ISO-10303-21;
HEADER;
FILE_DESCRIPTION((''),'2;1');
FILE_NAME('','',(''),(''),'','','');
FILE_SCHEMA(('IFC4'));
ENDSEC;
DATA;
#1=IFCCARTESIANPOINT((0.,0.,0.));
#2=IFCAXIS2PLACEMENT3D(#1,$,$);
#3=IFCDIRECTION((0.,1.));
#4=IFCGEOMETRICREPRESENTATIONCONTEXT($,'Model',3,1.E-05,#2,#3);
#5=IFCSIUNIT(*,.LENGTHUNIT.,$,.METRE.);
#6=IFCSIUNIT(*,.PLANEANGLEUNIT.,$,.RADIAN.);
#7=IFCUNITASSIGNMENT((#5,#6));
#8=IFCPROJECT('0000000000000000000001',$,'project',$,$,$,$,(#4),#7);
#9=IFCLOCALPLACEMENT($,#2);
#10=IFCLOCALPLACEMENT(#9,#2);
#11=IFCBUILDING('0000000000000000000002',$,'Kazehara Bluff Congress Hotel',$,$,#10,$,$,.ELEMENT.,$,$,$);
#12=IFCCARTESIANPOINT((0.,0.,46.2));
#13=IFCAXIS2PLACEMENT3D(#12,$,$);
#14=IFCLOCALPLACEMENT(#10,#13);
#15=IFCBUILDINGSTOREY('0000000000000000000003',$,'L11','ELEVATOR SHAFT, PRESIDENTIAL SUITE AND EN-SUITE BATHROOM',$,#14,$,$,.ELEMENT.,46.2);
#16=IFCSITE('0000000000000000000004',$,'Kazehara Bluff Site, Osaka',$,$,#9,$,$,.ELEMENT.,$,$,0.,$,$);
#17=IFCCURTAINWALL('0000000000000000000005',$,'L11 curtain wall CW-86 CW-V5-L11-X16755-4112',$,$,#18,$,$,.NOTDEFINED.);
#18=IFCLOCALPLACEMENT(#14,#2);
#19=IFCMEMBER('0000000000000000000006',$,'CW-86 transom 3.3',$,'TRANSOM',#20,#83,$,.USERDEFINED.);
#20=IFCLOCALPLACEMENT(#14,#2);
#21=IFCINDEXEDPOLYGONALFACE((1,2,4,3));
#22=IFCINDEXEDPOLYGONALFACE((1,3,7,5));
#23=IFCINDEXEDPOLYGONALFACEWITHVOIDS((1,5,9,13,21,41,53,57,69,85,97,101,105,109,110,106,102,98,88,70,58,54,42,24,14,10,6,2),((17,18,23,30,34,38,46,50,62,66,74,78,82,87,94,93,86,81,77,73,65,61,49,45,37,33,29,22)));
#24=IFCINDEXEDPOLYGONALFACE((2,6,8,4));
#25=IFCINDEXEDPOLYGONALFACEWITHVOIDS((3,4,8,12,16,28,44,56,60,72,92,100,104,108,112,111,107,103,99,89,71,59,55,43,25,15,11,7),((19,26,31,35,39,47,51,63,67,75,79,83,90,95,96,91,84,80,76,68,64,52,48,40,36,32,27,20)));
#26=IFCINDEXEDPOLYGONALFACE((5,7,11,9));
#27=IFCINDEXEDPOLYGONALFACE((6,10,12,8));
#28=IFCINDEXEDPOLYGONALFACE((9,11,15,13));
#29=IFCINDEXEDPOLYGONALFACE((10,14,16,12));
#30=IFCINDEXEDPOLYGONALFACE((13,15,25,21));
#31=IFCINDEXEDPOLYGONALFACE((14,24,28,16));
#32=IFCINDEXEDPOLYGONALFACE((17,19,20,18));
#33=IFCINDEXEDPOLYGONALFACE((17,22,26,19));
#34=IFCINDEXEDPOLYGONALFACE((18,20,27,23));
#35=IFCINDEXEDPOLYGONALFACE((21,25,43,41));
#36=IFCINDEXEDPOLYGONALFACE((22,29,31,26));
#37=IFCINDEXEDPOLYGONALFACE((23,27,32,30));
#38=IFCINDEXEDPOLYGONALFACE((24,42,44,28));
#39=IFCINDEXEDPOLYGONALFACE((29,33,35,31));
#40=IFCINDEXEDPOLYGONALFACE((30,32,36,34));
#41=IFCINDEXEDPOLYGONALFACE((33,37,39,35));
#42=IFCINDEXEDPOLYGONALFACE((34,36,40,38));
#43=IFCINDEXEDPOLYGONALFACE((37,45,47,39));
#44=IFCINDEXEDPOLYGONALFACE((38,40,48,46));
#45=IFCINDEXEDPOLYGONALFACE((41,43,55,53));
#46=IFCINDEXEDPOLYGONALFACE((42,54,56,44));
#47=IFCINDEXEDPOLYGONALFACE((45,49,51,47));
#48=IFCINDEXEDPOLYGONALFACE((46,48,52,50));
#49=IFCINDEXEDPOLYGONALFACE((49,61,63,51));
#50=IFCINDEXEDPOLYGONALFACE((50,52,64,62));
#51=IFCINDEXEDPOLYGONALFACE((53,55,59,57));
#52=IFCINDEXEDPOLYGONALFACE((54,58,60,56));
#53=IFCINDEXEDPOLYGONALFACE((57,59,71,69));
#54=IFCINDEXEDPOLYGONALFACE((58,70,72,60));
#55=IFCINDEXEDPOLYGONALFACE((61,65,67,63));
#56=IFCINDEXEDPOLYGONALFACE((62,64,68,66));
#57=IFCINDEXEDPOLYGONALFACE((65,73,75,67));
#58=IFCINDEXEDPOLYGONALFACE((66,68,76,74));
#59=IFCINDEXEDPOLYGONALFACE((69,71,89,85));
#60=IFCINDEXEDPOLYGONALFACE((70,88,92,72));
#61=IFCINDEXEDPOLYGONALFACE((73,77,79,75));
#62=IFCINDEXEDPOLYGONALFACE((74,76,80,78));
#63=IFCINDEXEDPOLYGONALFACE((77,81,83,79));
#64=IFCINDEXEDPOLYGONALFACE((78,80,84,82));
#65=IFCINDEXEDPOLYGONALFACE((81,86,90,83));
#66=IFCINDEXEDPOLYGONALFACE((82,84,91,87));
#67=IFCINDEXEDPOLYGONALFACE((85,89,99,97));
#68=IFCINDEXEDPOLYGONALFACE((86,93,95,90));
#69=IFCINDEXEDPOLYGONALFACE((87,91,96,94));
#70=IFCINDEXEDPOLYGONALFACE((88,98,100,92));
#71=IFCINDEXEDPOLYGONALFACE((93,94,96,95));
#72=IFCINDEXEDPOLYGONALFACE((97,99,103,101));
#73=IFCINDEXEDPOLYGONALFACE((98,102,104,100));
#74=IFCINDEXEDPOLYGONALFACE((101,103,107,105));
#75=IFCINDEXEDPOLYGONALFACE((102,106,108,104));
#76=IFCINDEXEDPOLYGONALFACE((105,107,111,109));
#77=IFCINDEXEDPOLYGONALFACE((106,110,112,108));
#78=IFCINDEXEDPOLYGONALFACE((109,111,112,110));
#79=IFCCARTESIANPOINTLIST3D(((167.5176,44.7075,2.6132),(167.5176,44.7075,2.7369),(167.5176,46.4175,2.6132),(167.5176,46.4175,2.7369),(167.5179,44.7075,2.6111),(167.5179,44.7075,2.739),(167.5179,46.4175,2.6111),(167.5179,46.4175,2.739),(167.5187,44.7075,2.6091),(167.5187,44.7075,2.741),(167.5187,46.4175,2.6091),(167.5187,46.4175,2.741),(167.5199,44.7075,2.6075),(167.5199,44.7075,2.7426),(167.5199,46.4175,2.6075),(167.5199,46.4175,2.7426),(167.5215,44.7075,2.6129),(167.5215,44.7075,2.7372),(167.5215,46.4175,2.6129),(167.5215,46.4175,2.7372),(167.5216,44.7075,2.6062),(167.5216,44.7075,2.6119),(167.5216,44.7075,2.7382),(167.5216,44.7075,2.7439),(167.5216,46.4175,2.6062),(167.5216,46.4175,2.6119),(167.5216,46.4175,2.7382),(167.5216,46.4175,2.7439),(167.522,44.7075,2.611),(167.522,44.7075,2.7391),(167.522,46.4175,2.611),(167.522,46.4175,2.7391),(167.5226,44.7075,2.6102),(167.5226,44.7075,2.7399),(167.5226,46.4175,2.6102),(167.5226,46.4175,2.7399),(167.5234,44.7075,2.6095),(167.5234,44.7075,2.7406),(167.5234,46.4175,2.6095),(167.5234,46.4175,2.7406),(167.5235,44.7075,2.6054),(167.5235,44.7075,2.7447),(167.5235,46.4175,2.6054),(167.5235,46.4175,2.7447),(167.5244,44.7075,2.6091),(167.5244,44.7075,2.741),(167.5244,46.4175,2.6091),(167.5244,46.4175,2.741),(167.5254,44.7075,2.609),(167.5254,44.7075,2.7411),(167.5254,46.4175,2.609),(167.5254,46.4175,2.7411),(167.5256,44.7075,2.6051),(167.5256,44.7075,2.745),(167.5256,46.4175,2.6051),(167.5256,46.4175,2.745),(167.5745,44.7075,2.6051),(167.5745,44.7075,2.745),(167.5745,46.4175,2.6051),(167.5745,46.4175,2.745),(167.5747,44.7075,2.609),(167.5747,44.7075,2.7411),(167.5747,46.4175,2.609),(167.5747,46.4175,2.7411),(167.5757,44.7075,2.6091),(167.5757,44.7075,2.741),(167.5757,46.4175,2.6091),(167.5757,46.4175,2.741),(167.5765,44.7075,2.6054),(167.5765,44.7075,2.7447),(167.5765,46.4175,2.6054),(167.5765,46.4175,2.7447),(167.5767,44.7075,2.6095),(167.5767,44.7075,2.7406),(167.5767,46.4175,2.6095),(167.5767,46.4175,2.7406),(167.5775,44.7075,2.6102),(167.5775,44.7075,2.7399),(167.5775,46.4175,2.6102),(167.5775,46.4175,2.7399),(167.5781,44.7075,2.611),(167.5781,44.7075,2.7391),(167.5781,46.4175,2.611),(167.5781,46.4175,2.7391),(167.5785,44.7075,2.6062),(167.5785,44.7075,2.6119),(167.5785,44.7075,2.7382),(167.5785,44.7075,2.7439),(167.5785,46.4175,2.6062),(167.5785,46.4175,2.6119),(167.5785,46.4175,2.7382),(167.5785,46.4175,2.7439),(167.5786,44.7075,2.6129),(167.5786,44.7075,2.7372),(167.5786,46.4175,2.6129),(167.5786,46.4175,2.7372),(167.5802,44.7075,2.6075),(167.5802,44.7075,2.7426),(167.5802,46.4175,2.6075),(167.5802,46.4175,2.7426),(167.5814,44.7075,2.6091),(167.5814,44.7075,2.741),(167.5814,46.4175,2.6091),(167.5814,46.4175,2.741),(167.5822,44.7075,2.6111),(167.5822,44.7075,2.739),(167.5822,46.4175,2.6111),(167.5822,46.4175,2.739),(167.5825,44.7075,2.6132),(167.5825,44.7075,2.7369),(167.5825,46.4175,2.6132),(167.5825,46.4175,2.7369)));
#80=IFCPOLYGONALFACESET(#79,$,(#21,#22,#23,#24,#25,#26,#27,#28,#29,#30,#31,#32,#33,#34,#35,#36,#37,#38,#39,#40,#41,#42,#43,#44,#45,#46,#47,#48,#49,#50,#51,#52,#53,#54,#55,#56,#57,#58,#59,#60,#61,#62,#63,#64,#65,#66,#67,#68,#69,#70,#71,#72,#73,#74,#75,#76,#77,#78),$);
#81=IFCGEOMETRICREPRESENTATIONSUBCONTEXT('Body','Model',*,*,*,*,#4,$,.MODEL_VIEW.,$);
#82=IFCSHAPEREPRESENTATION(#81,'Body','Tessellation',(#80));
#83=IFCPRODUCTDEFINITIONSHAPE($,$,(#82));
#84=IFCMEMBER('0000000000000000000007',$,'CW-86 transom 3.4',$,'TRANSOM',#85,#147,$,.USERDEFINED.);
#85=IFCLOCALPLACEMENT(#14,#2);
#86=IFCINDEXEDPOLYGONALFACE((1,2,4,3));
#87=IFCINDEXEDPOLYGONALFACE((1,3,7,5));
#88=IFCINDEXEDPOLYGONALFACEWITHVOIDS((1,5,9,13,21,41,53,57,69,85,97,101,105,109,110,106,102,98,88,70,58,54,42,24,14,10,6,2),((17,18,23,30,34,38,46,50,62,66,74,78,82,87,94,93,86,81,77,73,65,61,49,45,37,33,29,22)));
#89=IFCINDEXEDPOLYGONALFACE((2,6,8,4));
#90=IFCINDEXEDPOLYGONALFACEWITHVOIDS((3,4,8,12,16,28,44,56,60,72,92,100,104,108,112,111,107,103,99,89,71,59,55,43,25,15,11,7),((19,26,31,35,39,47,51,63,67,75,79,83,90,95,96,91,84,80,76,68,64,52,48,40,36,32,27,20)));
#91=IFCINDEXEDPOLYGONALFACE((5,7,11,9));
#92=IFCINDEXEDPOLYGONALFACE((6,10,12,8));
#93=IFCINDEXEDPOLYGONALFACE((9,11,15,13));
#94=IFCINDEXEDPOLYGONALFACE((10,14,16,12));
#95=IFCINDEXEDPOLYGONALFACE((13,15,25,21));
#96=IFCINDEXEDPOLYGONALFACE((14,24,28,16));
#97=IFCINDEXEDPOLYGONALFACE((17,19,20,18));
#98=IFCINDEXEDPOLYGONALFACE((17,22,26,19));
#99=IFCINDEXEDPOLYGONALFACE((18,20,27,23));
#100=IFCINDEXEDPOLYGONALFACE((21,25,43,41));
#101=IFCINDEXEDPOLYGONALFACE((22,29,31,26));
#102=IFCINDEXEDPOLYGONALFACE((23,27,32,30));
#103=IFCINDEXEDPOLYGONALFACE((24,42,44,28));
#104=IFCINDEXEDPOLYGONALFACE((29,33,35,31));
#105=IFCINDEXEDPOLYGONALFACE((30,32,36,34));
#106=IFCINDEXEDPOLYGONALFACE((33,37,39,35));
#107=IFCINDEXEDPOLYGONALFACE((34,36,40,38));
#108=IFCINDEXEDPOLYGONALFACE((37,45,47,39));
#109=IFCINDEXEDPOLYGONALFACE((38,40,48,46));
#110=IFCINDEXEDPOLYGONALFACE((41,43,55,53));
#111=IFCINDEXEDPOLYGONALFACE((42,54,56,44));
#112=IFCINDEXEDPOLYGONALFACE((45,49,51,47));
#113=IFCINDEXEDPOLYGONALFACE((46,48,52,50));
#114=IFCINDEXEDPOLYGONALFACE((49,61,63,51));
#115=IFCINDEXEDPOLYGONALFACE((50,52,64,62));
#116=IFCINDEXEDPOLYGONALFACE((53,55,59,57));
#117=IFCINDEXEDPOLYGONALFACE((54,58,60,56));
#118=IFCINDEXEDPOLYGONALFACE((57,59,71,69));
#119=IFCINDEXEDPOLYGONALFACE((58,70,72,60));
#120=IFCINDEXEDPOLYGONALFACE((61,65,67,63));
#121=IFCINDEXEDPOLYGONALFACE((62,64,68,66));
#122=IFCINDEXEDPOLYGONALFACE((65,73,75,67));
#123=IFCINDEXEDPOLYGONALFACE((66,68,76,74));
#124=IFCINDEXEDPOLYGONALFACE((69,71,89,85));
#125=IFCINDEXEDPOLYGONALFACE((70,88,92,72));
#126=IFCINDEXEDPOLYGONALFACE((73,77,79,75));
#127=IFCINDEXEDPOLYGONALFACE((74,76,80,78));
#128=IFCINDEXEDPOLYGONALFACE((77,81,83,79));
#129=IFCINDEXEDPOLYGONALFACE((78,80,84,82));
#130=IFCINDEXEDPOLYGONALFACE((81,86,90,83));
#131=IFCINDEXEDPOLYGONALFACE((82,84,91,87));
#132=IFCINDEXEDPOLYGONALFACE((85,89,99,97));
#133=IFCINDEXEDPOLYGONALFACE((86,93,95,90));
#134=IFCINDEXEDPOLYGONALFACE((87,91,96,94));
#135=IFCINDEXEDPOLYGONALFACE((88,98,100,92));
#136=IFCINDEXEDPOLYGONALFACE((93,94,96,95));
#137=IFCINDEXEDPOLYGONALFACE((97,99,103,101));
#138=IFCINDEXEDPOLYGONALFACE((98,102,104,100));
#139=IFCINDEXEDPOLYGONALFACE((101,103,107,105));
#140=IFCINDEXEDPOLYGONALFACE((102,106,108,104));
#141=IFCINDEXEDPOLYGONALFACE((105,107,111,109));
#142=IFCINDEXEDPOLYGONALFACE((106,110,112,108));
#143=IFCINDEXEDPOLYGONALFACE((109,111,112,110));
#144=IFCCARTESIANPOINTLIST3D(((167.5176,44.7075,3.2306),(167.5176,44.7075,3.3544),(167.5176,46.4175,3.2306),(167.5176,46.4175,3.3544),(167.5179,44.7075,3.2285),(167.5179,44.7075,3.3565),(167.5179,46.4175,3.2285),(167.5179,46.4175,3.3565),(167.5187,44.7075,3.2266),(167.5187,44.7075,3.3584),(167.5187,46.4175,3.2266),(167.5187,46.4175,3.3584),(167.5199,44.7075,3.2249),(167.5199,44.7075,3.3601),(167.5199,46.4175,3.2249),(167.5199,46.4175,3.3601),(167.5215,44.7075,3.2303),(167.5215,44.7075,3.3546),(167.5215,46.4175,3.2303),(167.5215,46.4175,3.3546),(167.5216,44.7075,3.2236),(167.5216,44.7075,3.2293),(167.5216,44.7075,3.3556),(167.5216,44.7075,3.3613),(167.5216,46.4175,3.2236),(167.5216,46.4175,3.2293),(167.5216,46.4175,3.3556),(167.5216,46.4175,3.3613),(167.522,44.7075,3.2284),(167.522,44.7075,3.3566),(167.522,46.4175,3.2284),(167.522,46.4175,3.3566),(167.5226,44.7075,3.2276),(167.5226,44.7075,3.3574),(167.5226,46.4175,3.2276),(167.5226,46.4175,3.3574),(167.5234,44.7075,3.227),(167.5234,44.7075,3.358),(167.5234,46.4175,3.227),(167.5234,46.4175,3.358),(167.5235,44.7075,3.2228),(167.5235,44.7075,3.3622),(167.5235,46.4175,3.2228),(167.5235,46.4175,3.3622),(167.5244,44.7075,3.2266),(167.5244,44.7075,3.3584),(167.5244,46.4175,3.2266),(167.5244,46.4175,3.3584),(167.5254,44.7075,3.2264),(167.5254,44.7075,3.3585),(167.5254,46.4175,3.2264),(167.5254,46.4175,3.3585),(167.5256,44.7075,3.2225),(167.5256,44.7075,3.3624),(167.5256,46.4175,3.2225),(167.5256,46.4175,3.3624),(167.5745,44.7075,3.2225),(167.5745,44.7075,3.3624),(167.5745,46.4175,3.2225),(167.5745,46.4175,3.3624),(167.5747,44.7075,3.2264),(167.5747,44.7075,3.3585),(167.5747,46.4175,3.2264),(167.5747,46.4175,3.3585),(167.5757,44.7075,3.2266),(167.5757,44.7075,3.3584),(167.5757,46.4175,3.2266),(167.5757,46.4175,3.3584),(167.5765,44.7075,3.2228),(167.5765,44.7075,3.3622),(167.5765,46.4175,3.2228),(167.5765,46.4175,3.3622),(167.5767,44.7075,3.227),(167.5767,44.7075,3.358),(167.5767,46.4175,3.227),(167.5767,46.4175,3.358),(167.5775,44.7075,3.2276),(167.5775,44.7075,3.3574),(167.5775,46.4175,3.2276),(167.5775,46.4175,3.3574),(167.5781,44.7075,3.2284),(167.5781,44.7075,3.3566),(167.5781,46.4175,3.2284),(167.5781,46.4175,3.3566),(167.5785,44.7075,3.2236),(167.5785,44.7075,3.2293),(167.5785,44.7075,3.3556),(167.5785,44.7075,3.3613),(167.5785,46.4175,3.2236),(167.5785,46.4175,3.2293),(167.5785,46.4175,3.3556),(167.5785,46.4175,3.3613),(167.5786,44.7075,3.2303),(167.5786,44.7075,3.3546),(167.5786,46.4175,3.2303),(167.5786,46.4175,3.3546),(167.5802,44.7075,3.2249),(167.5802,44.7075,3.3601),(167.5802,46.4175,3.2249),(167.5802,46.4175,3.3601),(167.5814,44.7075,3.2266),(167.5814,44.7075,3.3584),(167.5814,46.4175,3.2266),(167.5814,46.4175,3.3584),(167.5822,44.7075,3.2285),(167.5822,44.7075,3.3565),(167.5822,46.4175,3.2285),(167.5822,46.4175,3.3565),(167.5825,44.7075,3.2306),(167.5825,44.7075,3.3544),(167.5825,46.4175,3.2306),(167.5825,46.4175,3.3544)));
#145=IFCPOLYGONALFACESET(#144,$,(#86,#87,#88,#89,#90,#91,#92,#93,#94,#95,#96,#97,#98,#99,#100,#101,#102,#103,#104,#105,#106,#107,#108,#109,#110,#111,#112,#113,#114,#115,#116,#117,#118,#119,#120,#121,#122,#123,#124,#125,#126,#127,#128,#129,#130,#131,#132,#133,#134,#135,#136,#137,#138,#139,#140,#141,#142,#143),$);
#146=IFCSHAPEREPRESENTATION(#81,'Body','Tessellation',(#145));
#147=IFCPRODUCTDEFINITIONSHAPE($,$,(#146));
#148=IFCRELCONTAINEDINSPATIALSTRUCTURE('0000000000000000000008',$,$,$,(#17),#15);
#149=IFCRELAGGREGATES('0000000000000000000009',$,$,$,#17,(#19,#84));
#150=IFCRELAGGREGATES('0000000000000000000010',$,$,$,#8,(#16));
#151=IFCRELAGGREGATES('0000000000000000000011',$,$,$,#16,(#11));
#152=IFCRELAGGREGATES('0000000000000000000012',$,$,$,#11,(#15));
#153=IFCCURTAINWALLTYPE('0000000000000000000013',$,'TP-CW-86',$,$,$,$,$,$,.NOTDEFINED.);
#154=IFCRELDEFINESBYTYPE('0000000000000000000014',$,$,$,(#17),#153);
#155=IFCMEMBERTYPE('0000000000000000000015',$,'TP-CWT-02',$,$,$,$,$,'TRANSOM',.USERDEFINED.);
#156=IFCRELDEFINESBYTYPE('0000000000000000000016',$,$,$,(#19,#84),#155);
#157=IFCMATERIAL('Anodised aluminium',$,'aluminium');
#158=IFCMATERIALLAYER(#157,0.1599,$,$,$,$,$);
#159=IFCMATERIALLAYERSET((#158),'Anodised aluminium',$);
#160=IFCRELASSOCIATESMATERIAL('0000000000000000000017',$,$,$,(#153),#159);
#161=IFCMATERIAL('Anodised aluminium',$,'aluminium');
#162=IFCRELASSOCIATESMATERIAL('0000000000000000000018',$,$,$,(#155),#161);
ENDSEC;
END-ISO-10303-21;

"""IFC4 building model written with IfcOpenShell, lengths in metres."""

from ifc_helpers import new_model, si_unit, direction, frame, origin, origin_2d, place, context, subcontext, project, spatial, hollow_rectangle, extrude, material, layer, layer_set, material_profile, profile_set, type_object, element, aggregate, save


model = new_model("IFC4")

# Units and contexts
model_context = context("Model", 3, precision=1e-05, world=origin(), true_north=direction((0.0, 1.0)))
body_context = subcontext(model_context, "Body", "Model", "MODEL_VIEW")
ifc_project = project(units=[si_unit("LENGTHUNIT", "METRE"), si_unit("PLANEANGLEUNIT", "RADIAN")], contexts=[model_context])

# Site, building, storey
site_placement = place(None, origin())
site = spatial("IfcSite", under=ifc_project, at=site_placement, Name="Kazehara Bluff Site, Osaka", CompositionType="ELEMENT", RefElevation=0.0)
building_placement = place(site_placement, origin())
building = spatial("IfcBuilding", under=site, at=building_placement, Name="Kazehara Bluff Congress Hotel", CompositionType="ELEMENT")
storey_placement = place(building_placement, frame((0.0, 0.0, 46.2)))
storey = spatial("IfcBuildingStorey", under=building, at=storey_placement, Name="L11", Description="ELEVATOR SHAFT, PRESIDENTIAL SUITE AND EN-SUITE BATHROOM", CompositionType="ELEMENT", Elevation=46.2)

# Curtain wall, members
ifc_material_1 = material(Name="Anodised aluminium", Category="aluminium")
ifc_layer_1 = layer(ifc_material_1, 0.1599)
ifc_layer_set_1 = layer_set([ifc_layer_1], Name="Anodised aluminium")
curtain_wall_type = type_object("IfcCurtainWallType", Name="TP-CW-86", PredefinedType="NOTDEFINED", material=ifc_layer_set_1)
curtain_wall_placement = place(storey_placement, origin())
curtain_wall = element("IfcCurtainWall", 1, at=curtain_wall_placement, inside=storey, type_object=curtain_wall_type, Name="L11 curtain wall CW-86 CW-V5-L11-X16755-4112", PredefinedType="NOTDEFINED")
ifc_material_2 = material(Name="Anodised aluminium", Category="aluminium")
ifc_material_profile_1 = material_profile(ifc_material_2, hollow_rectangle(XDim=0.0649, YDim=0.1399, WallThickness=0.0039, InnerFilletRadius=0.0039, OuterFilletRadius=0.0081, at=origin_2d()))
ifc_profile_set_1 = profile_set([ifc_material_profile_1], Name="Anodised aluminium")
member_type_1 = type_object("IfcMemberType", Name="TP-CWT-02", ElementType="TRANSOM", PredefinedType="USERDEFINED", material=ifc_profile_set_1)
member_1_placement = place(storey_placement, frame((167.55, 44.7075, 2.675), z_axis=(0.0, 1.0, 0.0), x_axis=(-1.0, 0.0, 0.0)))
member_1 = element("IfcMember", 2, at=member_1_placement, type_object=member_type_1, Name="CW-86 transom 3.3", ObjectType="TRANSOM", PredefinedType="USERDEFINED", context=body_context, shape_type="SweptSolid", body=[
    extrude(hollow_rectangle(XDim=0.0649, YDim=0.1399, WallThickness=0.0039, InnerFilletRadius=0.0039, OuterFilletRadius=0.0081, at=origin_2d()), origin(), (0.0, 0.0, 1.0), 1.71),
])
member_2_placement = place(storey_placement, frame((167.55, 44.7075, 3.2925), z_axis=(0.0, 1.0, 0.0), x_axis=(-1.0, 0.0, 0.0)))
member_2 = element("IfcMember", 3, at=member_2_placement, type_object=member_type_1, Name="CW-86 transom 3.4", ObjectType="TRANSOM", PredefinedType="USERDEFINED", context=body_context, shape_type="SweptSolid", body=[
    extrude(hollow_rectangle(XDim=0.0649, YDim=0.1399, WallThickness=0.0039, InnerFilletRadius=0.0039, OuterFilletRadius=0.0081, at=origin_2d()), origin(), (0.0, 0.0, 1.0), 1.71),
])

aggregate(curtain_wall, [member_1, member_2])

save(model, "model.ifc")
